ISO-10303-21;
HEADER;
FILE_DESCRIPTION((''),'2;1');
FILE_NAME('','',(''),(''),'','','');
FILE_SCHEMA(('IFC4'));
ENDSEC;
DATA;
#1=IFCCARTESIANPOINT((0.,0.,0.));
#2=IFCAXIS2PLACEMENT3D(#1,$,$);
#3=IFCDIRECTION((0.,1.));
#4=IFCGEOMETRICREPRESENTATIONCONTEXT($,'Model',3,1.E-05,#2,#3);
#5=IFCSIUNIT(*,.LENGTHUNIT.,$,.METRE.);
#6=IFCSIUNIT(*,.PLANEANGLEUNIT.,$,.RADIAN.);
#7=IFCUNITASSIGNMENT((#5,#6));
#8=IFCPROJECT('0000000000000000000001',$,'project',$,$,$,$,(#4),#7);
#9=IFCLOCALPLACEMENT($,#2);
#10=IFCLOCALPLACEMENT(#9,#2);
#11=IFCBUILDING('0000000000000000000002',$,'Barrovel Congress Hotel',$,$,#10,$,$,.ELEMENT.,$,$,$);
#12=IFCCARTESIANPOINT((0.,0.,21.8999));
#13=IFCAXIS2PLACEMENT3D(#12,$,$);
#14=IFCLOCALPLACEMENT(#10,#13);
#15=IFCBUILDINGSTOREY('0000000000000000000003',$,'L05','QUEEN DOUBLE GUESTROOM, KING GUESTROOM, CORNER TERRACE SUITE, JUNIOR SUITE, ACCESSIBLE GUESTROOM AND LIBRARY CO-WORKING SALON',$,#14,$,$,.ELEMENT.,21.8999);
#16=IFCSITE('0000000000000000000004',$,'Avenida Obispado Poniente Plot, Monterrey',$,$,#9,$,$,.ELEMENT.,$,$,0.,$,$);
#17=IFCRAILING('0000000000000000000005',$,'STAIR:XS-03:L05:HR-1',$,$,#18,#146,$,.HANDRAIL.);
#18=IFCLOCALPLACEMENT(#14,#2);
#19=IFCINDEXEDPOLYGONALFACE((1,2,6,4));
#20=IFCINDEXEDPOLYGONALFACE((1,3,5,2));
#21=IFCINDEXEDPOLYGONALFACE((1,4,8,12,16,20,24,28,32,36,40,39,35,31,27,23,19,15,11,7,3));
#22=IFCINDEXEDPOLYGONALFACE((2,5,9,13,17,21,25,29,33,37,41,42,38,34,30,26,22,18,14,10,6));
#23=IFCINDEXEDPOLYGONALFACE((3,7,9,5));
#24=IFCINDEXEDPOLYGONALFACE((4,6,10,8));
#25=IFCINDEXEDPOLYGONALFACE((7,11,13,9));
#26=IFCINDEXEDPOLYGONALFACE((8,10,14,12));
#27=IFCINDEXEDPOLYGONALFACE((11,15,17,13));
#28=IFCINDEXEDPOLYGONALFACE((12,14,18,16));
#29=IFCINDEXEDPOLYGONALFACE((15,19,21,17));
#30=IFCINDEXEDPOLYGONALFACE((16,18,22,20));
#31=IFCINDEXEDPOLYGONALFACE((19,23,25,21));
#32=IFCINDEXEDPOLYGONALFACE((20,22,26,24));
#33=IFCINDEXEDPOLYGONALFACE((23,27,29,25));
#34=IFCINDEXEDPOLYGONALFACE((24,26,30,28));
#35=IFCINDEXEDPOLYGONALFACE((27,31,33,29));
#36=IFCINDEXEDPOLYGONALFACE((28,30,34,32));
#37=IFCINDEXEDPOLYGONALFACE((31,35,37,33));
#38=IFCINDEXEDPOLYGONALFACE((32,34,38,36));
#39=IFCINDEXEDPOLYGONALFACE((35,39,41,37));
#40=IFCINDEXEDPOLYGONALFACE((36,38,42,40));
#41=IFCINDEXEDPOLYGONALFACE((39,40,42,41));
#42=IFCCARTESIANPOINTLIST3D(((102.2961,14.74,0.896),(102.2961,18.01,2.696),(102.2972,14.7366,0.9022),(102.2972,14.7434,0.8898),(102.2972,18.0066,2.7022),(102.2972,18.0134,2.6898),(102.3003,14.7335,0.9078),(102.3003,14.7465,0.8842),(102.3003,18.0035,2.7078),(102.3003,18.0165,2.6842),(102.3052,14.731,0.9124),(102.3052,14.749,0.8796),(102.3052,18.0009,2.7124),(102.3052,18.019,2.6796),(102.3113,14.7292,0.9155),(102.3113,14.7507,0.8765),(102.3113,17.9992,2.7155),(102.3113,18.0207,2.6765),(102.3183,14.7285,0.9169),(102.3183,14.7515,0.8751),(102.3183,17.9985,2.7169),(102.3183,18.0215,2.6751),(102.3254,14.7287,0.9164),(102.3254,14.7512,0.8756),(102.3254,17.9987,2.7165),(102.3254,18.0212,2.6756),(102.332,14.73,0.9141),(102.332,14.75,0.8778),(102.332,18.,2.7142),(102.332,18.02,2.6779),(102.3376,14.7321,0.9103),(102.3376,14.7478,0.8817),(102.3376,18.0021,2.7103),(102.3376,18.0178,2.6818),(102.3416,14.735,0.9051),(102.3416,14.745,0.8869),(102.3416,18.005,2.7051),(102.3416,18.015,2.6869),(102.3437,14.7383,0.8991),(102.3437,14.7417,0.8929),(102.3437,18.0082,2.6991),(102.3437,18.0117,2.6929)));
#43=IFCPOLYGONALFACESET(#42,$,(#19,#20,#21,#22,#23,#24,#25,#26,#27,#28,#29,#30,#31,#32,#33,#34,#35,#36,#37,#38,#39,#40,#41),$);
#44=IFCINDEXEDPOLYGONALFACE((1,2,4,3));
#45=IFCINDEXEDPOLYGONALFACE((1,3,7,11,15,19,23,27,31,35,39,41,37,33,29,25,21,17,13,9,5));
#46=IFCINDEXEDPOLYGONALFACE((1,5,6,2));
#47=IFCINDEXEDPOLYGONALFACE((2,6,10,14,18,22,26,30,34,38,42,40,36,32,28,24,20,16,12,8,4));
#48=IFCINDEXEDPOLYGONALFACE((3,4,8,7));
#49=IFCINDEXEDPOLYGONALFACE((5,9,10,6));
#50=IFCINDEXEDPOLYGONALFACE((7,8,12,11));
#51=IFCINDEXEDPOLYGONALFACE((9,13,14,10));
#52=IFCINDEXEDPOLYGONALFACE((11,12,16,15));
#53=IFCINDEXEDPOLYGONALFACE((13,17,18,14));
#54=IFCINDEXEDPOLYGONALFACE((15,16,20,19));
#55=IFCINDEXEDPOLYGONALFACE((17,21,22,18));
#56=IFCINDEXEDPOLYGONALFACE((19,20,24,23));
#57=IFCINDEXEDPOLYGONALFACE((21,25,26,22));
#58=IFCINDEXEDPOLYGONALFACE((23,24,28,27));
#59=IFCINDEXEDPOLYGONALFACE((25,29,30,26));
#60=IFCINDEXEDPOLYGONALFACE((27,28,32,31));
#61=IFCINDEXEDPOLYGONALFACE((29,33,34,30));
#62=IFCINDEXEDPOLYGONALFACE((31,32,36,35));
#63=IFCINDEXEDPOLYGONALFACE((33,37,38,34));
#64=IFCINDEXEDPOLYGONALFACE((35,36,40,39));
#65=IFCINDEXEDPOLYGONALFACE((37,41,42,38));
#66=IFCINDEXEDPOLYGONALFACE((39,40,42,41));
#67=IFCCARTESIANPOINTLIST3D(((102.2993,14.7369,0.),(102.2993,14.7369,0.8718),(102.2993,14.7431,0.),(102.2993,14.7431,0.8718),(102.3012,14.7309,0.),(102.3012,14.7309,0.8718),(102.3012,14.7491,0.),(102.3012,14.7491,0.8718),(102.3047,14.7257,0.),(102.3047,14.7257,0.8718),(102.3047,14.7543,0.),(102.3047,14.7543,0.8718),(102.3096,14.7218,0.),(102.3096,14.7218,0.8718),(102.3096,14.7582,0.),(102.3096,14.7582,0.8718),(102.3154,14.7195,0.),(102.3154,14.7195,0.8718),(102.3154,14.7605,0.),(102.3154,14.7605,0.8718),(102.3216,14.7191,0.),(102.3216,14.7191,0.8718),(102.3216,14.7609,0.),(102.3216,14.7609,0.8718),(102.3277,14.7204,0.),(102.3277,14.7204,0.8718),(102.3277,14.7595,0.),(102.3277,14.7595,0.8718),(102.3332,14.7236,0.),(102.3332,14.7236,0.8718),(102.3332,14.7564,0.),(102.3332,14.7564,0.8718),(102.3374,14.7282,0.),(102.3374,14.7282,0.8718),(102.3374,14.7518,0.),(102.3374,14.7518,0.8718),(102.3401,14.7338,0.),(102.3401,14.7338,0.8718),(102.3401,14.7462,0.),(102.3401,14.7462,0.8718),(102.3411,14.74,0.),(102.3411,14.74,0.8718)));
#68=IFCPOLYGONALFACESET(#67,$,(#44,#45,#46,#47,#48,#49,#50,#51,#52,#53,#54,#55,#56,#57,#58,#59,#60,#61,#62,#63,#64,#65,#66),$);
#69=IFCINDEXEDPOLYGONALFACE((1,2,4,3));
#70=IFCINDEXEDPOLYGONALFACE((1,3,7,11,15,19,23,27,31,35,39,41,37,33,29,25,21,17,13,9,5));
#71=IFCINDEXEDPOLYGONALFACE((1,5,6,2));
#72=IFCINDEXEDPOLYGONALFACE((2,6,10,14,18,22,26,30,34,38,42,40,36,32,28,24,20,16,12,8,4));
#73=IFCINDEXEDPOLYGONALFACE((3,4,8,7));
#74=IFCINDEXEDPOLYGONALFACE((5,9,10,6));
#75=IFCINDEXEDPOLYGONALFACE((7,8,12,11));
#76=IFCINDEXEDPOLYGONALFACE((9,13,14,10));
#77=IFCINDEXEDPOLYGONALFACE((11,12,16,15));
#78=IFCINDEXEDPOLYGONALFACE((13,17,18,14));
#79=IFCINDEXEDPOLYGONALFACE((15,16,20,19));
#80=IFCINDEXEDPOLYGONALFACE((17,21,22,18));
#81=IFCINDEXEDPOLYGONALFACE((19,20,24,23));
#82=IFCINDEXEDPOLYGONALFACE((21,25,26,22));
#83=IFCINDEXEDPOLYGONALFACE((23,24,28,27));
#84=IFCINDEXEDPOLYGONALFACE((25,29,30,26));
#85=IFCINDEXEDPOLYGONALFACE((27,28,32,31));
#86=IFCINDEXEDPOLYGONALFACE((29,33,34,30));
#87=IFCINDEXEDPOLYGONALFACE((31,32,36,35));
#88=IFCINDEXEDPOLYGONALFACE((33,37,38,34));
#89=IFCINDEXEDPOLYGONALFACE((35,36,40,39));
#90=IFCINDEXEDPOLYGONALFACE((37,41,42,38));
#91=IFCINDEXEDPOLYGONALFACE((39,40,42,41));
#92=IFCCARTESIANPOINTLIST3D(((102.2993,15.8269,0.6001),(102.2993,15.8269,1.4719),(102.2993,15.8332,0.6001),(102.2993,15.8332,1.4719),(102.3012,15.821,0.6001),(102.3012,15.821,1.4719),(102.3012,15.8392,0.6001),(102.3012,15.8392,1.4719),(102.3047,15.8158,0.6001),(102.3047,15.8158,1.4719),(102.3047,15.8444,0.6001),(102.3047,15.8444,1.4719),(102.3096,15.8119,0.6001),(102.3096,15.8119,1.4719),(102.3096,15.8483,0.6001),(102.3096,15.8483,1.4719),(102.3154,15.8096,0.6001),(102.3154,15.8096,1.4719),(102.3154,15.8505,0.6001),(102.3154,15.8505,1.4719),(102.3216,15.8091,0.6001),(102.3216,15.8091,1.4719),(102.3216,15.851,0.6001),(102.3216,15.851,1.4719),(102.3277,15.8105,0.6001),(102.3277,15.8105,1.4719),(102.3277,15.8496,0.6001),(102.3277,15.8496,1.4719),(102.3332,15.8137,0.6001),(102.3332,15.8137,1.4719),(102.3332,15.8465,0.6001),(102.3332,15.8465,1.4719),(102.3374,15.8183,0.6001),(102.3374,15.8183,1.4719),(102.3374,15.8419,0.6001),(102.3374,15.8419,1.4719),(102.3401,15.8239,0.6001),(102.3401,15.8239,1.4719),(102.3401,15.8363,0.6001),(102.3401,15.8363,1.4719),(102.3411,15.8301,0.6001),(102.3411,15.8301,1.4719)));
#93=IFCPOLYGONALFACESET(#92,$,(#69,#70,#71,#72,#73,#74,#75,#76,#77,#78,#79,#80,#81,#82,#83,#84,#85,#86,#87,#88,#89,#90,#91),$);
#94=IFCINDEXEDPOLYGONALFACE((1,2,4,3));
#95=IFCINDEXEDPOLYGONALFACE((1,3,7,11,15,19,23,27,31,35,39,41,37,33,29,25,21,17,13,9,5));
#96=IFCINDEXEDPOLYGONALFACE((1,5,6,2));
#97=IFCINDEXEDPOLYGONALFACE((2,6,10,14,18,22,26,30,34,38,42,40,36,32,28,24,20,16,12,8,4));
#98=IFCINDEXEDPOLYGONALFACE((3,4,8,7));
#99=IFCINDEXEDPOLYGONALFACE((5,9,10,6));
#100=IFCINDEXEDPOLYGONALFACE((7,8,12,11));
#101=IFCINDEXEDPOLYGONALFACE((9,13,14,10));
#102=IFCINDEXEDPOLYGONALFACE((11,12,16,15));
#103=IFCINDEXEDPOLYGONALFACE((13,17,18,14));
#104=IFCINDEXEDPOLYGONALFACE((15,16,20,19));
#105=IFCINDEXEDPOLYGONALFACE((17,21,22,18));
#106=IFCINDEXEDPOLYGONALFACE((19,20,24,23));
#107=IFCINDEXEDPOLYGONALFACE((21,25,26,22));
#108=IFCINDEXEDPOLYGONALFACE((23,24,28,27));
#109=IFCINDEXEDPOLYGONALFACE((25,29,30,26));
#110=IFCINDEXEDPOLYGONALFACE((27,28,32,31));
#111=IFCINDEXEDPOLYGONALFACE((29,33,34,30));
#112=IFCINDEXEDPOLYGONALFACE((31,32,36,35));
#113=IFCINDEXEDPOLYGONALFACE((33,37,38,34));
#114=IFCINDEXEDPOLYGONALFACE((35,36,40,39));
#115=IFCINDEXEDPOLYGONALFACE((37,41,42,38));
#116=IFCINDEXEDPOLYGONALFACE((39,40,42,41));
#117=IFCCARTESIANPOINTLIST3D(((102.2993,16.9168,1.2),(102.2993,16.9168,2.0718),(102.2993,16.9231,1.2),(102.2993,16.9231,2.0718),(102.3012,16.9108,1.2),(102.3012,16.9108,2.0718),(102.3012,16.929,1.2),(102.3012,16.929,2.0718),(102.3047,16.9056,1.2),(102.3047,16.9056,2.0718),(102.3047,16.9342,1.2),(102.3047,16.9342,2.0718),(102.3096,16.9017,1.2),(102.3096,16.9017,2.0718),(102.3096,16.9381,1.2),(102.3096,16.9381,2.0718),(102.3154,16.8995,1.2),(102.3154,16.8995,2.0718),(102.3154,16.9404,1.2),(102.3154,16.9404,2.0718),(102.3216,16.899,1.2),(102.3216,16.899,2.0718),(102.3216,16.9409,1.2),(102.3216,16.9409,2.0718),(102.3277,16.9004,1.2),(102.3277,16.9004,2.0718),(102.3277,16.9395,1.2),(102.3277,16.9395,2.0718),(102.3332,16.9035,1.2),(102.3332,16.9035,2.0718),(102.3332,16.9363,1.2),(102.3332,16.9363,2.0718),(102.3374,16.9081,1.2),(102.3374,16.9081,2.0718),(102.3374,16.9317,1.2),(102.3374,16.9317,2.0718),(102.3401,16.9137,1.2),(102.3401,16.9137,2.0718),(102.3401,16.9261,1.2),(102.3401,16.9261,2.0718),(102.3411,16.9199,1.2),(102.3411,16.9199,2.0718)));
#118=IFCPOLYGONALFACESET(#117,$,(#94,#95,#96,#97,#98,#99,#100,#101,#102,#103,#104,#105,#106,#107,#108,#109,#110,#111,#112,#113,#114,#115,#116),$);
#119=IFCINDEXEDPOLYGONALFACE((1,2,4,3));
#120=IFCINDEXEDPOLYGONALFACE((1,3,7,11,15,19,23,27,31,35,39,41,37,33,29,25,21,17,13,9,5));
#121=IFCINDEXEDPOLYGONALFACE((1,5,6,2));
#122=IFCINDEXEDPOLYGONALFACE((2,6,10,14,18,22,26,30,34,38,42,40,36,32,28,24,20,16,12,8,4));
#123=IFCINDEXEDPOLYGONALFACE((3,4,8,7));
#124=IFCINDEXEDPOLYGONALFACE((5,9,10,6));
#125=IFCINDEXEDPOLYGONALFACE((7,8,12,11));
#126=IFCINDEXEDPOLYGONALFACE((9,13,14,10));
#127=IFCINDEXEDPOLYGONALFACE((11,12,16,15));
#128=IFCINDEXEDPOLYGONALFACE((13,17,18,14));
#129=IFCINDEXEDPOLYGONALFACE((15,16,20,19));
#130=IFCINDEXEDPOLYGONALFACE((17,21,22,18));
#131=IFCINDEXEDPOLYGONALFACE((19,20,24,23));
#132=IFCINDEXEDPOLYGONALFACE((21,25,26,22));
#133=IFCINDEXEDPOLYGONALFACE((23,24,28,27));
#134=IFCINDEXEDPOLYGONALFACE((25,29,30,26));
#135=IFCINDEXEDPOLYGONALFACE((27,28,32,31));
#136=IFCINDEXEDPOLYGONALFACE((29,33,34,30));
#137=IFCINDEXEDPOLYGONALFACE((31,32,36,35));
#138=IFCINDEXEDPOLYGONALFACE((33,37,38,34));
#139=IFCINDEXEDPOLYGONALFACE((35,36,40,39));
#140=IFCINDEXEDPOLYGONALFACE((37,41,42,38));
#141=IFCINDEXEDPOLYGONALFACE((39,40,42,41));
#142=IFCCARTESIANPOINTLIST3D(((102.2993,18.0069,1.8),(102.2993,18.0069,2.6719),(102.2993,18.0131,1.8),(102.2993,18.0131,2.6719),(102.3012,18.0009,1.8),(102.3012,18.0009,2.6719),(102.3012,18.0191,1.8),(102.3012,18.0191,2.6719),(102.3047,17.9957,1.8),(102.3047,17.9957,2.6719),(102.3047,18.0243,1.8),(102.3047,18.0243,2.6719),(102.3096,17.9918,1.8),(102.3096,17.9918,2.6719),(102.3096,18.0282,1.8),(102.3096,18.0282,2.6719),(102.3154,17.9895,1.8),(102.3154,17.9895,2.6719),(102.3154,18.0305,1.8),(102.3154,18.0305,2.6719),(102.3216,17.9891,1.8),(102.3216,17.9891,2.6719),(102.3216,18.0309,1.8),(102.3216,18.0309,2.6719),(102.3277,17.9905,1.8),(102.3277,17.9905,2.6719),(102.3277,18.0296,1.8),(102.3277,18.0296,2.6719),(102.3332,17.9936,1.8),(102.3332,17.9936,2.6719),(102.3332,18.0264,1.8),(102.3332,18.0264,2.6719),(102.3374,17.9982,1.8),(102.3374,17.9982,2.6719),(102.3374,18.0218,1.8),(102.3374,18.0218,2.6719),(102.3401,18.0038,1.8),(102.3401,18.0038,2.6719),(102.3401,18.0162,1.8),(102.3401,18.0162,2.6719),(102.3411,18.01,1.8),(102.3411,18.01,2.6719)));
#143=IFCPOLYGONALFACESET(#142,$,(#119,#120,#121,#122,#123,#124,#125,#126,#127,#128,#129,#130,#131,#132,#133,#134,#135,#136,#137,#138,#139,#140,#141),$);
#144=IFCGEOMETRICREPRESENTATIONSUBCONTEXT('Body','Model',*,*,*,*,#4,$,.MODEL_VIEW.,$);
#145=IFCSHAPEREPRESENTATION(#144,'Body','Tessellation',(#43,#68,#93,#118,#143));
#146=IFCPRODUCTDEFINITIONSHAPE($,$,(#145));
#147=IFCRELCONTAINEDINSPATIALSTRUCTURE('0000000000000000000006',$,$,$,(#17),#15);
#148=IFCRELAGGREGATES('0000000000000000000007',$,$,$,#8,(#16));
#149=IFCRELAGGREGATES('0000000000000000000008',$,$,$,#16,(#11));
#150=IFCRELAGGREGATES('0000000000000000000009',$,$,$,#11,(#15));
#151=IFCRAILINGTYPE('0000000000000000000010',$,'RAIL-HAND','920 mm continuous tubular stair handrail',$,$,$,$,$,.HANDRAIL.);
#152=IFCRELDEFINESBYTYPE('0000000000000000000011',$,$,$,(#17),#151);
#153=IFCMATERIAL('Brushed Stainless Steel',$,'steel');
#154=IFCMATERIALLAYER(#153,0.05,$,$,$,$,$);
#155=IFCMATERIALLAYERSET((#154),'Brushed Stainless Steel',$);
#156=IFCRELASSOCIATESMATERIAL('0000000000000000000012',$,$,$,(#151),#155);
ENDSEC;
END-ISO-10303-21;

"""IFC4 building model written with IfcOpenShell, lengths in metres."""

from ifc_helpers import new_model, si_unit, direction, frame, origin, origin_2d, place, context, subcontext, project, spatial, circle, extrude, material, layer, layer_set, type_object, element, save


model = new_model("IFC4")

# Units and contexts
model_context = context("Model", 3, precision=1e-05, world=origin(), true_north=direction((0.0, 1.0)))
body_context = subcontext(model_context, "Body", "Model", "MODEL_VIEW")
ifc_project = project(units=[si_unit("LENGTHUNIT", "METRE"), si_unit("PLANEANGLEUNIT", "RADIAN")], contexts=[model_context])

# Site, building, storey
site_placement = place(None, origin())
site = spatial("IfcSite", under=ifc_project, at=site_placement, Name="Avenida Obispado Poniente Plot, Monterrey", CompositionType="ELEMENT", RefElevation=0.0)
building_placement = place(site_placement, origin())
building = spatial("IfcBuilding", under=site, at=building_placement, Name="Barrovel Congress Hotel", CompositionType="ELEMENT")
storey_placement = place(building_placement, frame((0.0, 0.0, 21.8999)))
storey = spatial("IfcBuildingStorey", under=building, at=storey_placement, Name="L05", Description="QUEEN DOUBLE GUESTROOM, KING GUESTROOM, CORNER TERRACE SUITE, JUNIOR SUITE, ACCESSIBLE GUESTROOM AND LIBRARY CO-WORKING SALON", CompositionType="ELEMENT", Elevation=21.8999)

# Railing
ifc_material_1 = material(Name="Brushed Stainless Steel", Category="steel")
ifc_layer_1 = layer(ifc_material_1, 0.05)
ifc_layer_set_1 = layer_set([ifc_layer_1], Name="Brushed Stainless Steel")
railing_type_1 = type_object("IfcRailingType", Name="RAIL-HAND", Description="920 mm continuous tubular stair handrail", PredefinedType="HANDRAIL", material=ifc_layer_set_1)
railing_1_placement = place(storey_placement, frame((102.3201, 14.74, 0.0)))
element("IfcRailing", 1, at=railing_1_placement, inside=storey, type_object=railing_type_1, Name="STAIR:XS-03:L05:HR-1", PredefinedType="HANDRAIL", context=body_context, shape_type="SweptSolid", body=[
    extrude(circle(Radius=0.0239, at=origin_2d()), frame((0.0, 0.0, 0.896), z_axis=(0.0, 0.876042, 0.482235), x_axis=(-1.0, 0.0, 0.0)), (0.0, 0.0, 1.0), 3.7327),
    extrude(circle(Radius=0.021, at=origin_2d()), origin(), (0.0, 0.0, 1.0), 0.8718),
    extrude(circle(Radius=0.021, at=origin_2d()), frame((0.0, 1.0901, 0.6001)), (0.0, 0.0, 1.0), 0.8718),
    extrude(circle(Radius=0.021, at=origin_2d()), frame((0.0, 2.1799, 1.2)), (0.0, 0.0, 1.0), 0.8718),
    extrude(circle(Radius=0.021, at=origin_2d()), frame((0.0, 3.27, 1.8)), (0.0, 0.0, 1.0), 0.8718),
])

save(model, "model.ifc")
